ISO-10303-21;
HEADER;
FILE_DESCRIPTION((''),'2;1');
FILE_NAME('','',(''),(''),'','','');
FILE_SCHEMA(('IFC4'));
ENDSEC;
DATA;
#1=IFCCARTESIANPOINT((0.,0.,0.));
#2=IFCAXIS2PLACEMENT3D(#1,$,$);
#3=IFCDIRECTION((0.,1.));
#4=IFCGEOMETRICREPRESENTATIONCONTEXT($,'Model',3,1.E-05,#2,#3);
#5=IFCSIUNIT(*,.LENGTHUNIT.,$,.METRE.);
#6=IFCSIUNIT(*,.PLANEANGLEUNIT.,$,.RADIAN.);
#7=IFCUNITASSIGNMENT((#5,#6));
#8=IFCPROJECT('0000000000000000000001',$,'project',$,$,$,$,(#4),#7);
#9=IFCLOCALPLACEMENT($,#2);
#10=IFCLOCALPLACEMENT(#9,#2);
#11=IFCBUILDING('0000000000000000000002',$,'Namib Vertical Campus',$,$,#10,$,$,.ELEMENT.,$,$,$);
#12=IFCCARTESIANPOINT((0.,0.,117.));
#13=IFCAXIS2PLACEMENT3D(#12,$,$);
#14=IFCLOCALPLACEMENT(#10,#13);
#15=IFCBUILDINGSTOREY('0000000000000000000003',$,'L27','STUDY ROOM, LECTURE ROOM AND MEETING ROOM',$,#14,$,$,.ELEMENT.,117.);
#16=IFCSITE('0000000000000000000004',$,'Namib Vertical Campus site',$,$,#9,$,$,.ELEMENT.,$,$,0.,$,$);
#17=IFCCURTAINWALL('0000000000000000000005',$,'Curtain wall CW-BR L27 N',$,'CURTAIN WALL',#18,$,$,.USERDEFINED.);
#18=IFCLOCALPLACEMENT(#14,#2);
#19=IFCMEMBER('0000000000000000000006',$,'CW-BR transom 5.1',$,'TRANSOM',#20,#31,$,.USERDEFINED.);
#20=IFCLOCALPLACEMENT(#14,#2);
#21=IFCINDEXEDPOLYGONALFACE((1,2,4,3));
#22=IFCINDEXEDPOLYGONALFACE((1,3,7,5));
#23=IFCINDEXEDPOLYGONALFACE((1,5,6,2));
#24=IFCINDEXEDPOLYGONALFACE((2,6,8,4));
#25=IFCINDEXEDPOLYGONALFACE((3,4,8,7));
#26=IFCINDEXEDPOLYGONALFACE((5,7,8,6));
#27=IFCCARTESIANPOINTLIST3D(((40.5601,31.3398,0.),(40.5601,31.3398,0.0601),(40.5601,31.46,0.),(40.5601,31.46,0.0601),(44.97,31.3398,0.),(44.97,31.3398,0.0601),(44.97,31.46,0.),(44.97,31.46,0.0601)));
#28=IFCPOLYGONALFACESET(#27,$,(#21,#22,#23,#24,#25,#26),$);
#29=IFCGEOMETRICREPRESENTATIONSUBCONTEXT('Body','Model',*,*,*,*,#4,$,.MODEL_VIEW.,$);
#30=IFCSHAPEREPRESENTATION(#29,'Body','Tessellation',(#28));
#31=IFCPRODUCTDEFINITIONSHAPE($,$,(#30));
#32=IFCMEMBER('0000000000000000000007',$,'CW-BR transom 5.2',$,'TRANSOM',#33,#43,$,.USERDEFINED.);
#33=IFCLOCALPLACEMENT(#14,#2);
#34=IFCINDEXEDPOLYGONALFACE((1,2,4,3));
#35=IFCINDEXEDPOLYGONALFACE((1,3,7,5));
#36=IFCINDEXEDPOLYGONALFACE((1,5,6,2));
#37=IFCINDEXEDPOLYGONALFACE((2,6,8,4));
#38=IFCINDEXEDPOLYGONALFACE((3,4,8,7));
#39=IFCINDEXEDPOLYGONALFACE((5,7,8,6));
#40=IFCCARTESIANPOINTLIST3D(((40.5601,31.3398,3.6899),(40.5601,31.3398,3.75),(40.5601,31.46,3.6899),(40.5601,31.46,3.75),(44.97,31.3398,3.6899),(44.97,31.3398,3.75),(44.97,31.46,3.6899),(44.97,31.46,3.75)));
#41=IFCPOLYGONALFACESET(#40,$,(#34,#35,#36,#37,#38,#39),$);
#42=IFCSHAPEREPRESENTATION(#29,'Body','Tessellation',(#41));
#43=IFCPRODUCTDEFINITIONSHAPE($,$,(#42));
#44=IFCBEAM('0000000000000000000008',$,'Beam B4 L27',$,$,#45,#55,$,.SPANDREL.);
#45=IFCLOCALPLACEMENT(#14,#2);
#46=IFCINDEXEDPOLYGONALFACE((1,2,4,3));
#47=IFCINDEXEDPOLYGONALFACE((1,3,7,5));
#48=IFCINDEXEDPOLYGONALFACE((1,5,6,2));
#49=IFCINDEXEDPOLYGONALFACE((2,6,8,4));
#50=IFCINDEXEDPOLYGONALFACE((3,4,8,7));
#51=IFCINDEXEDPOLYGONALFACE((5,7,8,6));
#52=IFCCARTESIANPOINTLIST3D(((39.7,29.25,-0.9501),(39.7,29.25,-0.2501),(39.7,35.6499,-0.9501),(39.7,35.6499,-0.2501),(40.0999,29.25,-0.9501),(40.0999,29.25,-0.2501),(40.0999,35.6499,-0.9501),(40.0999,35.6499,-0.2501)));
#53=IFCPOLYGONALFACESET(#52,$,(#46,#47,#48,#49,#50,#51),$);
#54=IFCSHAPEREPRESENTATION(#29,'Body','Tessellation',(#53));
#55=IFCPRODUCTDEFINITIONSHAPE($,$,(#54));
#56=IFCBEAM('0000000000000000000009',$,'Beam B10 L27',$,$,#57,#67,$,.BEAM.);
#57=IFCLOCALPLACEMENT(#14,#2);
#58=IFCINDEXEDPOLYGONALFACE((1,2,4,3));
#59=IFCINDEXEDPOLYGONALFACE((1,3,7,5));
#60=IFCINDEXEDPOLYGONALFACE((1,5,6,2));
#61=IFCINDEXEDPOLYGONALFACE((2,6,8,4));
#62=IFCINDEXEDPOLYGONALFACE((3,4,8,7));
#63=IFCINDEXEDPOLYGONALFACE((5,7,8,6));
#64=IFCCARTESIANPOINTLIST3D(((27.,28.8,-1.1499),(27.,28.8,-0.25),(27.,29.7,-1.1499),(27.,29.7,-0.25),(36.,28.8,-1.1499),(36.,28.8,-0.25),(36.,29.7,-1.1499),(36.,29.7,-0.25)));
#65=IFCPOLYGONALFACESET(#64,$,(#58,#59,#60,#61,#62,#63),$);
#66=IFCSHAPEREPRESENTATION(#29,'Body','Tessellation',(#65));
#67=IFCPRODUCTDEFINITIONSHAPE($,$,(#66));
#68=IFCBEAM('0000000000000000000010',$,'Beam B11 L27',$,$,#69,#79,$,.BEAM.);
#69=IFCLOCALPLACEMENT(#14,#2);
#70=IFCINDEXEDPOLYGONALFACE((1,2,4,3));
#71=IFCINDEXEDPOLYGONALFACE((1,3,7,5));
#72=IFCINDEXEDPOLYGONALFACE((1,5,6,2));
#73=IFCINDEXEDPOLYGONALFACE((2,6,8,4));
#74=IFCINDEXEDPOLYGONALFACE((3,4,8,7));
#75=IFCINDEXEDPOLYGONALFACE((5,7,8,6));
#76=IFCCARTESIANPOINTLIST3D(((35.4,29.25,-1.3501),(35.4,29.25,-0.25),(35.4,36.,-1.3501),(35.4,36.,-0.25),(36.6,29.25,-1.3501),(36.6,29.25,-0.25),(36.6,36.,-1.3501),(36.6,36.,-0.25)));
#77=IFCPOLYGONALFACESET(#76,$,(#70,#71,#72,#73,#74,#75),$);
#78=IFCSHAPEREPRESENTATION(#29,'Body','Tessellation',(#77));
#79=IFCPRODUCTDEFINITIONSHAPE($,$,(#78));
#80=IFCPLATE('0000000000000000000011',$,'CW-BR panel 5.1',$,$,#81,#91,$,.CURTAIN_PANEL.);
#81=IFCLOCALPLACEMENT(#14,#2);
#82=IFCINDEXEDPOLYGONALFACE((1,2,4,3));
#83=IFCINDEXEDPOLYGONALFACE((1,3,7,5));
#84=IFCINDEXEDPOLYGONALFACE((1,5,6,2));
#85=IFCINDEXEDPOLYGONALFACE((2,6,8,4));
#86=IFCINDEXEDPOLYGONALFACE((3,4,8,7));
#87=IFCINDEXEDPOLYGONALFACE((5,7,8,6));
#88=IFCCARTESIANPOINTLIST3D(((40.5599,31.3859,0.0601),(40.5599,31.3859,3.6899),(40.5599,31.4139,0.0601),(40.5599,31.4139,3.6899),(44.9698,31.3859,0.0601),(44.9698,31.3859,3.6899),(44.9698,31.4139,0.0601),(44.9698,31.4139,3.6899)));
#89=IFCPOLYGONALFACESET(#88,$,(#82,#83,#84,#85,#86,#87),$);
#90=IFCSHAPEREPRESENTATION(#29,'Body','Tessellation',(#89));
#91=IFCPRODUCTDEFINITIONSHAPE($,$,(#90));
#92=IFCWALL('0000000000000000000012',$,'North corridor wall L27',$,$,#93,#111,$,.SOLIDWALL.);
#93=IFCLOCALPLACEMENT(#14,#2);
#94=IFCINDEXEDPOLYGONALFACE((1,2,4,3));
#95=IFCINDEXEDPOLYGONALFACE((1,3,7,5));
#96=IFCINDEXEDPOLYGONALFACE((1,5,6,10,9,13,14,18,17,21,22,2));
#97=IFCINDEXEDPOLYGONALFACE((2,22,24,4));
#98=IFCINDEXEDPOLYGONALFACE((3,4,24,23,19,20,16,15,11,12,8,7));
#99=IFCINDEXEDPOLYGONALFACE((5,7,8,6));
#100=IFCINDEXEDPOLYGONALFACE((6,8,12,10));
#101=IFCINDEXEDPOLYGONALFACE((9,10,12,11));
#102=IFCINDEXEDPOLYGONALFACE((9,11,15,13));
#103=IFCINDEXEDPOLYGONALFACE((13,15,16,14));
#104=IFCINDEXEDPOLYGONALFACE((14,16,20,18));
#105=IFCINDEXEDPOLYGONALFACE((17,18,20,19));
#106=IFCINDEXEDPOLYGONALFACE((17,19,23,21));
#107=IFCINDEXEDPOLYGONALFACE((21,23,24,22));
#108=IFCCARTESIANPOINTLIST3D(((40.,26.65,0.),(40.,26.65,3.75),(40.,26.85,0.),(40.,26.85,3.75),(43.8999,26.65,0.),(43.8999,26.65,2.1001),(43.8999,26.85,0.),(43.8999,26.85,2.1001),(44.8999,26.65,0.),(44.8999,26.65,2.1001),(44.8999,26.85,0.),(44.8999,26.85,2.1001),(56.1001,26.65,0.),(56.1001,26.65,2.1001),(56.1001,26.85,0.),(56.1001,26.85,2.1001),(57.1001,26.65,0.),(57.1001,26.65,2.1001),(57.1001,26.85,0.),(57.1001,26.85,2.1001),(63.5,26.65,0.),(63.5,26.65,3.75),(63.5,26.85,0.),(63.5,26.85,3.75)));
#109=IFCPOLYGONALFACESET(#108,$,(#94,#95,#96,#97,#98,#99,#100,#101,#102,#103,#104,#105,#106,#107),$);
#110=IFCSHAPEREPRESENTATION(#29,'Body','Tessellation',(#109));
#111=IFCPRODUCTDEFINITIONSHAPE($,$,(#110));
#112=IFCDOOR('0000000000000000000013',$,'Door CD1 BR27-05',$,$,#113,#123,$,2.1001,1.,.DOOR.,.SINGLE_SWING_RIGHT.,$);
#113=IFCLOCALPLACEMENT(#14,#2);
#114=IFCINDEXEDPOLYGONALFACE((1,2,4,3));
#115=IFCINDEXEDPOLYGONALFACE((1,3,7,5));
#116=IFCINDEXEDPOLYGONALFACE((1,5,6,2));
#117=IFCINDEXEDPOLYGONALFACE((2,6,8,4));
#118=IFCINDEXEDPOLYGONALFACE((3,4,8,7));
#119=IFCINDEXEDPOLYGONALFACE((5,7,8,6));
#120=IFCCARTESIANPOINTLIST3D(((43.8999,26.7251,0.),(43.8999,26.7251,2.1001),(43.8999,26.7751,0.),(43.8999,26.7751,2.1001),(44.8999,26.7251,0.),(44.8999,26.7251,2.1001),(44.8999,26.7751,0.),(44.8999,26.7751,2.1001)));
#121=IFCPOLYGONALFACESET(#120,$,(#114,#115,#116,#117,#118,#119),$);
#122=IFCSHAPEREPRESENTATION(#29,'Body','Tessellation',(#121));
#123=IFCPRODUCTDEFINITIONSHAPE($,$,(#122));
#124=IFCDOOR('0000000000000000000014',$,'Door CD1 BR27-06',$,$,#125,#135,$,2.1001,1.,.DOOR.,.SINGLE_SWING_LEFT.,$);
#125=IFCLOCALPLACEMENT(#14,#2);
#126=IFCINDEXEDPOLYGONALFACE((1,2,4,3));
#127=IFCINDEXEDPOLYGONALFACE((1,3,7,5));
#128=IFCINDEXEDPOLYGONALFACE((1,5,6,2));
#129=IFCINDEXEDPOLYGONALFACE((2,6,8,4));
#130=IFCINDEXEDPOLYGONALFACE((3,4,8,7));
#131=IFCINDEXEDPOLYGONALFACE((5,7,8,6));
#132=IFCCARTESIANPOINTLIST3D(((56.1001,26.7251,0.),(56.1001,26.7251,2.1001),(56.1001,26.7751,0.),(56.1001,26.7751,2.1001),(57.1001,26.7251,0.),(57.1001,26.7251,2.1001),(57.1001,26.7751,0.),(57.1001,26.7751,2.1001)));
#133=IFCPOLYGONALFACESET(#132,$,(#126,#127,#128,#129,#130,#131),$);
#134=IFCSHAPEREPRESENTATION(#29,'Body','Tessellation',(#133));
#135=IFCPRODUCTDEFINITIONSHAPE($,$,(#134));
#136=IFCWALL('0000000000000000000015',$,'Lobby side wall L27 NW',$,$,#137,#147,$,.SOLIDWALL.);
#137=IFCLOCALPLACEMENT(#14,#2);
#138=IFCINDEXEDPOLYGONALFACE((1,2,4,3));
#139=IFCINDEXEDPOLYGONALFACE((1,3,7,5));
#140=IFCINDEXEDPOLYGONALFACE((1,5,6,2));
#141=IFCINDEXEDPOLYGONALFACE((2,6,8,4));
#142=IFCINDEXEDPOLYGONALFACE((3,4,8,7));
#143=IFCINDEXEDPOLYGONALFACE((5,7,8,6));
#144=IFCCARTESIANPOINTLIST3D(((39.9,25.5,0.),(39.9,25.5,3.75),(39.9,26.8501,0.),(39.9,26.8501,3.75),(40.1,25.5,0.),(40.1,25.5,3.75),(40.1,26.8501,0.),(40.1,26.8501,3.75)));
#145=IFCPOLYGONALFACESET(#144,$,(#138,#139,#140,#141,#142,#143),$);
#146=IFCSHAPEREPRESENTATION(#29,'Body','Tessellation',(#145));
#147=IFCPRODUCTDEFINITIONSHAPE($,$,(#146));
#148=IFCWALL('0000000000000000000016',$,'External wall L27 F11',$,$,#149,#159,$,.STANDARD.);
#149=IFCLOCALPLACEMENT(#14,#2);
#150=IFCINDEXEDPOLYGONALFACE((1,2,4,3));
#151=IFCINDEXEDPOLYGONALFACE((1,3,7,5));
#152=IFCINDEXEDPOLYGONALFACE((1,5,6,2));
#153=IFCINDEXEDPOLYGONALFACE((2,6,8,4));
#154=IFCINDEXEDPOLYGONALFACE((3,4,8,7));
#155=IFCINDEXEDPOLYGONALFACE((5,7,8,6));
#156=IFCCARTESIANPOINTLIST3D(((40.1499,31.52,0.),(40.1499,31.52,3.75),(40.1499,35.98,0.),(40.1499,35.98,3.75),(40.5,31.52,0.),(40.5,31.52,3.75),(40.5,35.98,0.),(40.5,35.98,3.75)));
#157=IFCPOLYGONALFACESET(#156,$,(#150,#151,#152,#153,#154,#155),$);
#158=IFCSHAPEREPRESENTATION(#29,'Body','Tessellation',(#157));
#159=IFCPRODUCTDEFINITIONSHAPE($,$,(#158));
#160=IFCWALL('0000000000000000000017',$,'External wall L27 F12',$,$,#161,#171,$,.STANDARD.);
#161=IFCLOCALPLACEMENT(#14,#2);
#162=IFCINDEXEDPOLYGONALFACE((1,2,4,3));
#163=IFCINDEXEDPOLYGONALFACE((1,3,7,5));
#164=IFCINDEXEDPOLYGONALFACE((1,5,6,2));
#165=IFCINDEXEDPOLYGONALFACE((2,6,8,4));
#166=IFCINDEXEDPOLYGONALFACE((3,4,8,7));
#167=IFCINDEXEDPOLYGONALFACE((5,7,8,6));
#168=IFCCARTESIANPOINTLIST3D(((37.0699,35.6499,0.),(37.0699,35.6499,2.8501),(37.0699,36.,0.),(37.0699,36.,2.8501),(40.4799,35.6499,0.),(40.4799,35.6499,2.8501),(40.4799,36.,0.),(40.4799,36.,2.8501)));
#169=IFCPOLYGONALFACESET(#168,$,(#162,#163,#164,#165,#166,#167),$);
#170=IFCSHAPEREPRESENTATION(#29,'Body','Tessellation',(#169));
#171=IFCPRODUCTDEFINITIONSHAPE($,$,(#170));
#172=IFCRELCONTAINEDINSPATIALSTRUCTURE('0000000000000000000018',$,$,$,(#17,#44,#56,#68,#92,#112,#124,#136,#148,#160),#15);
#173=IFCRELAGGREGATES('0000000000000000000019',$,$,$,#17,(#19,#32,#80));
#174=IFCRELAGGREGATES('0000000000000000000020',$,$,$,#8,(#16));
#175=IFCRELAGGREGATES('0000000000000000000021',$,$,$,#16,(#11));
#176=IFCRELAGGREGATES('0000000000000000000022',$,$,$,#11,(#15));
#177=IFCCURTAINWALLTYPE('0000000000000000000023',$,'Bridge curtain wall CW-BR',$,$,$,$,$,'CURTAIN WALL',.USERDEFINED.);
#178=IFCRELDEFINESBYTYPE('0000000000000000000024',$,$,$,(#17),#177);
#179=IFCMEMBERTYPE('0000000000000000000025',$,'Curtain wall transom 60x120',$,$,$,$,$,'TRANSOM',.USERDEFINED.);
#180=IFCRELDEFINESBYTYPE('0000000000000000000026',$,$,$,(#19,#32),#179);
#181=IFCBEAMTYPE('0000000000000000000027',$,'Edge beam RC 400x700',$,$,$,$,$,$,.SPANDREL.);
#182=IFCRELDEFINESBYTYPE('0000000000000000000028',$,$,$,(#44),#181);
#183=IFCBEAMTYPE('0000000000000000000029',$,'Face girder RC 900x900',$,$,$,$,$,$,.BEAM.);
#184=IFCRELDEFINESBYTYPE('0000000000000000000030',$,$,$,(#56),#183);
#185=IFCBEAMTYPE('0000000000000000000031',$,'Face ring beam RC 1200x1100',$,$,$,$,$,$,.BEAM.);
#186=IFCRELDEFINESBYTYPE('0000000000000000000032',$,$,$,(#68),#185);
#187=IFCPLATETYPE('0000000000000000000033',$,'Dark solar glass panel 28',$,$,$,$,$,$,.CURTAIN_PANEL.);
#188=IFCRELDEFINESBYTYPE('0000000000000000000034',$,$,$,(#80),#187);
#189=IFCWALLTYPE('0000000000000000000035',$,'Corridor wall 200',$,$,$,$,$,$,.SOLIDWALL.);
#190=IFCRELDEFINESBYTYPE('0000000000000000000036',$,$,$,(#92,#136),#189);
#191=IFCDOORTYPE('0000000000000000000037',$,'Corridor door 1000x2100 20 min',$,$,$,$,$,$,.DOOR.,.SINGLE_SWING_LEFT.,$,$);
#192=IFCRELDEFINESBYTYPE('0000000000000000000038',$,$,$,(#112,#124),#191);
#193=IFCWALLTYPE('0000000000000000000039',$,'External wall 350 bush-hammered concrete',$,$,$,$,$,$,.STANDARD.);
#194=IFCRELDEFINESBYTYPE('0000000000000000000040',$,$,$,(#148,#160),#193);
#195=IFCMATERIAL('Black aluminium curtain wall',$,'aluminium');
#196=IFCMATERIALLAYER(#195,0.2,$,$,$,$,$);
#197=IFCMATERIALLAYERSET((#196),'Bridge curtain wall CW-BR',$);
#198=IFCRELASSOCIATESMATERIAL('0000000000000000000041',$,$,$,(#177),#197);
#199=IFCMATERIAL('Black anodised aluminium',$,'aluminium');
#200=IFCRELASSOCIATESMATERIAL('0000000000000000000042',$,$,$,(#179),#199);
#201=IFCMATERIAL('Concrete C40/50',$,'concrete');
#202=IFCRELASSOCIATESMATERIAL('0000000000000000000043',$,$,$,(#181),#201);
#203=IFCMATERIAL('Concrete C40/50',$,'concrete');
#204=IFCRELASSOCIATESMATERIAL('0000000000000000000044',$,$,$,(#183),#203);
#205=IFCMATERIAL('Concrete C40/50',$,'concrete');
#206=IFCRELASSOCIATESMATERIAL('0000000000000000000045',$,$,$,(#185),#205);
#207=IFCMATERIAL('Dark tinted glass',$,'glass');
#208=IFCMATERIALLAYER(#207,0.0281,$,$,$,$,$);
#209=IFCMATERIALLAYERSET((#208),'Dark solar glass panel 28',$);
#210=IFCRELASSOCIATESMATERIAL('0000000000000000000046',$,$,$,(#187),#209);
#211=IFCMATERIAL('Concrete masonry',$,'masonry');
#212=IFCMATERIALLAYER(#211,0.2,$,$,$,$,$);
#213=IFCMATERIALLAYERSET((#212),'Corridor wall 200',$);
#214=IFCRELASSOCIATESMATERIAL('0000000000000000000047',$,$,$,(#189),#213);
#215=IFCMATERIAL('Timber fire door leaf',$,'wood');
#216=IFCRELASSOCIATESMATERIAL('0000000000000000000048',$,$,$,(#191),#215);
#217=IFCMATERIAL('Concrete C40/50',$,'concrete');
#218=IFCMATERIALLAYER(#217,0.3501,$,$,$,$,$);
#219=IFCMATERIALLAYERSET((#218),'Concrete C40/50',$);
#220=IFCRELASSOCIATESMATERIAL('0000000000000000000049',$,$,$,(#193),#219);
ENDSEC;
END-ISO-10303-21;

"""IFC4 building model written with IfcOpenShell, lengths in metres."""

from ifc_helpers import new_model, si_unit, direction, frame, frame_2d, origin, origin_2d, place, context, subcontext, project, spatial, rectangle, extrude, material, layer, layer_set, material_profile, profile_set, type_object, element, fill, aggregate, save


model = new_model("IFC4")

# Units and contexts
model_context = context("Model", 3, precision=1e-05, world=origin(), true_north=direction((0.0, 1.0)))
body_context = subcontext(model_context, "Body", "Model", "MODEL_VIEW")
ifc_project = project(units=[si_unit("LENGTHUNIT", "METRE"), si_unit("PLANEANGLEUNIT", "RADIAN")], contexts=[model_context])

# Site, building, storey
site_placement = place(None, origin())
site = spatial("IfcSite", under=ifc_project, at=site_placement, Name="Namib Vertical Campus site", CompositionType="ELEMENT", RefElevation=0.0)
building_placement = place(site_placement, origin())
building = spatial("IfcBuilding", under=site, at=building_placement, Name="Namib Vertical Campus", CompositionType="ELEMENT")
storey_placement = place(building_placement, frame((0.0, 0.0, 117.0)))
storey = spatial("IfcBuildingStorey", under=building, at=storey_placement, Name="L27", Description="STUDY ROOM, LECTURE ROOM AND MEETING ROOM", CompositionType="ELEMENT", Elevation=117.0)

# Curtain wall, members
ifc_material_1 = material(Name="Black aluminium curtain wall", Category="aluminium")
ifc_layer_1 = layer(ifc_material_1, 0.2)
ifc_layer_set_1 = layer_set([ifc_layer_1], Name="Bridge curtain wall CW-BR")
curtain_wall_type = type_object("IfcCurtainWallType", Name="Bridge curtain wall CW-BR", ElementType="CURTAIN WALL", PredefinedType="USERDEFINED", material=ifc_layer_set_1)
curtain_wall_placement = place(storey_placement, origin())
curtain_wall = element("IfcCurtainWall", 1, at=curtain_wall_placement, inside=storey, type_object=curtain_wall_type, Name="Curtain wall CW-BR L27 N", ObjectType="CURTAIN WALL", PredefinedType="USERDEFINED")
ifc_material_2 = material(Name="Black anodised aluminium", Category="aluminium")
ifc_material_profile_1 = material_profile(ifc_material_2, rectangle(XDim=0.0601, YDim=0.1201, at=origin_2d()))
ifc_profile_set_1 = profile_set([ifc_material_profile_1], Name="Black anodised aluminium")
member_type_1 = type_object("IfcMemberType", Name="Curtain wall transom 60x120", ElementType="TRANSOM", PredefinedType="USERDEFINED", material=ifc_profile_set_1)
member_1_placement = place(storey_placement, frame((44.97, 31.3999, 0.03), z_axis=(-1.0, 0.0, 0.0), x_axis=(0.0, 0.0, 1.0)))
member_1 = element("IfcMember", 2, at=member_1_placement, type_object=member_type_1, Name="CW-BR transom 5.1", ObjectType="TRANSOM", PredefinedType="USERDEFINED", context=body_context, shape_type="SweptSolid", body=[
    extrude(rectangle(XDim=0.0601, YDim=0.1201, at=origin_2d()), origin(), (0.0, 0.0, 1.0), 4.4099),
])
member_2_placement = place(storey_placement, frame((44.97, 31.3999, 3.72), z_axis=(-1.0, 0.0, 0.0), x_axis=(0.0, 0.0, 1.0)))
member_2 = element("IfcMember", 3, at=member_2_placement, type_object=member_type_1, Name="CW-BR transom 5.2", ObjectType="TRANSOM", PredefinedType="USERDEFINED", context=body_context, shape_type="SweptSolid", body=[
    extrude(rectangle(XDim=0.0601, YDim=0.1201, at=origin_2d()), origin(), (0.0, 0.0, 1.0), 4.4099),
])

# Beams
ifc_material_3 = material(Name="Concrete C40/50", Category="concrete")
ifc_material_profile_2 = material_profile(ifc_material_3, rectangle(XDim=0.3999, YDim=0.7, at=origin_2d()))
ifc_profile_set_2 = profile_set([ifc_material_profile_2], Name="Concrete C40/50")
beam_type_1 = type_object("IfcBeamType", Name="Edge beam RC 400x700", PredefinedType="SPANDREL", material=ifc_profile_set_2)
beam_1_placement = place(storey_placement, frame((39.8999, 29.25, -0.6001), z_axis=(0.0, 1.0, 0.0), x_axis=(-1.0, 0.0, 0.0)))
element("IfcBeam", 4, at=beam_1_placement, inside=storey, type_object=beam_type_1, Name="Beam B4 L27", PredefinedType="SPANDREL", context=body_context, shape_type="SweptSolid", body=[
    extrude(rectangle(XDim=0.3999, YDim=0.7, at=origin_2d()), origin(), (0.0, 0.0, 1.0), 6.3999),
])
ifc_material_4 = material(Name="Concrete C40/50", Category="concrete")
ifc_material_profile_3 = material_profile(ifc_material_4, rectangle(XDim=0.8999, YDim=0.8999, at=origin_2d()))
ifc_profile_set_3 = profile_set([ifc_material_profile_3], Name="Concrete C40/50")
beam_type_2 = type_object("IfcBeamType", Name="Face girder RC 900x900", PredefinedType="BEAM", material=ifc_profile_set_3)
beam_2_placement = place(storey_placement, frame((36.0, 29.25, -0.7), z_axis=(-1.0, 0.0, 0.0), x_axis=(0.0, -1.0, 0.0)))
element("IfcBeam", 5, at=beam_2_placement, inside=storey, type_object=beam_type_2, Name="Beam B10 L27", PredefinedType="BEAM", context=body_context, shape_type="SweptSolid", body=[
    extrude(rectangle(XDim=0.8999, YDim=0.8999, at=origin_2d()), origin(), (0.0, 0.0, 1.0), 9.0),
])
ifc_material_5 = material(Name="Concrete C40/50", Category="concrete")
ifc_material_profile_4 = material_profile(ifc_material_5, rectangle(XDim=1.2, YDim=1.1001, at=origin_2d()))
ifc_profile_set_4 = profile_set([ifc_material_profile_4], Name="Concrete C40/50")
beam_type_3 = type_object("IfcBeamType", Name="Face ring beam RC 1200x1100", PredefinedType="BEAM", material=ifc_profile_set_4)
beam_3_placement = place(storey_placement, frame((36.0, 29.25, -0.8), z_axis=(0.0, 1.0, 0.0), x_axis=(-1.0, 0.0, 0.0)))
element("IfcBeam", 6, at=beam_3_placement, inside=storey, type_object=beam_type_3, Name="Beam B11 L27", PredefinedType="BEAM", context=body_context, shape_type="SweptSolid", body=[
    extrude(rectangle(XDim=1.2, YDim=1.1001, at=origin_2d()), origin(), (0.0, 0.0, 1.0), 6.75),
])

# Plate
ifc_material_6 = material(Name="Dark tinted glass", Category="glass")
ifc_layer_2 = layer(ifc_material_6, 0.0281)
ifc_layer_set_2 = layer_set([ifc_layer_2], Name="Dark solar glass panel 28")
plate_type = type_object("IfcPlateType", Name="Dark solar glass panel 28", PredefinedType="CURTAIN_PANEL", material=ifc_layer_set_2)
plate_placement = place(storey_placement, frame((42.7649, 31.3999, 0.0601), z_axis=(0.0, 0.0, 1.0), x_axis=(-1.0, 0.0, 0.0)))
plate = element("IfcPlate", 7, at=plate_placement, type_object=plate_type, Name="CW-BR panel 5.1", PredefinedType="CURTAIN_PANEL", context=body_context, shape_type="SweptSolid", body=[
    extrude(rectangle(XDim=4.4099, YDim=0.0281, at=origin_2d()), origin(), (0.0, 0.0, 1.0), 3.6299),
])
aggregate(curtain_wall, [member_1, member_2, plate])

# Wall, openings, doors
ifc_material_7 = material(Name="Concrete masonry", Category="masonry")
ifc_layer_3 = layer(ifc_material_7, 0.2)
ifc_layer_set_3 = layer_set([ifc_layer_3], Name="Corridor wall 200")
wall_type_1 = type_object("IfcWallType", Name="Corridor wall 200", PredefinedType="SOLIDWALL", material=ifc_layer_set_3)
wall_1_placement = place(storey_placement, frame((40.0, 26.75, 0.0), z_axis=(0.0, 0.0, 1.0), x_axis=(1.0, 0.0, 0.0)))
wall_1 = element("IfcWall", 8, at=wall_1_placement, inside=storey, type_object=wall_type_1, Name="North corridor wall L27", PredefinedType="SOLIDWALL", context=body_context, shape_type="SweptSolid", body=[
    extrude(rectangle(XDim=23.5, YDim=0.2, at=frame_2d((11.75, 0.0))), origin(), (0.0, 0.0, 1.0), 3.75),
])
opening_1_placement = place(wall_1_placement, frame((3.8999, 0.0, 0.0)))
opening_1 = element("IfcOpeningElement", 9, at=opening_1_placement, cuts=wall_1, PredefinedType="OPENING", context=body_context, shape_type="SweptSolid", body=[
    extrude(rectangle(XDim=1.0, YDim=2.1001, at=frame_2d((0.5, 1.05))), frame((0.0, 0.1099, 0.0), z_axis=(0.0, -1.0, 0.0), x_axis=(1.0, 0.0, 0.0)), (0.0, 0.0, 1.0), 0.22),
])
opening_2_placement = place(wall_1_placement, frame((16.1001, 0.0, 0.0)))
opening_2 = element("IfcOpeningElement", 10, at=opening_2_placement, cuts=wall_1, PredefinedType="OPENING", context=body_context, shape_type="SweptSolid", body=[
    extrude(rectangle(XDim=1.0, YDim=2.1001, at=frame_2d((0.5, 1.05))), frame((0.0, 0.1099, 0.0), z_axis=(0.0, -1.0, 0.0), x_axis=(1.0, 0.0, 0.0)), (0.0, 0.0, 1.0), 0.22),
])
ifc_material_8 = material(Name="Timber fire door leaf", Category="wood")
door_type = type_object("IfcDoorType", Name="Corridor door 1000x2100 20 min", OperationType="SINGLE_SWING_LEFT", PredefinedType="DOOR", material=ifc_material_8)
door_1_placement = place(opening_1_placement, frame((1.0, 0.0, 0.0), z_axis=(0.0, 0.0, 1.0), x_axis=(-1.0, 0.0, 0.0)))
door_1 = element("IfcDoor", 11, at=door_1_placement, inside=storey, type_object=door_type, Name="Door CD1 BR27-05", OperationType="SINGLE_SWING_RIGHT", OverallHeight=2.1001, OverallWidth=1.0, PredefinedType="DOOR", context=body_context, shape_type="SweptSolid", body=[
    extrude(rectangle(XDim=1.0, YDim=2.1001, at=frame_2d((0.5, 1.05))), frame((0.0, 0.0249, 0.0), z_axis=(0.0, -1.0, 0.0), x_axis=(1.0, 0.0, 0.0)), (0.0, 0.0, 1.0), 0.05),
])
fill(opening_1, door_1)
door_2_placement = place(opening_2_placement, frame((1.0, 0.0, 0.0), z_axis=(0.0, 0.0, 1.0), x_axis=(-1.0, 0.0, 0.0)))
door_2 = element("IfcDoor", 12, at=door_2_placement, inside=storey, type_object=door_type, Name="Door CD1 BR27-06", OperationType="SINGLE_SWING_LEFT", OverallHeight=2.1001, OverallWidth=1.0, PredefinedType="DOOR", context=body_context, shape_type="SweptSolid", body=[
    extrude(rectangle(XDim=1.0, YDim=2.1001, at=frame_2d((0.5, 1.05))), frame((0.0, 0.0249, 0.0), z_axis=(0.0, -1.0, 0.0), x_axis=(1.0, 0.0, 0.0)), (0.0, 0.0, 1.0), 0.05),
])
fill(opening_2, door_2)

# Walls
wall_2_placement = place(storey_placement, frame((40.0, 26.8501, 0.0), z_axis=(0.0, 0.0, 1.0), x_axis=(0.0, -1.0, 0.0)))
element("IfcWall", 13, at=wall_2_placement, inside=storey, type_object=wall_type_1, Name="Lobby side wall L27 NW", PredefinedType="SOLIDWALL", context=body_context, shape_type="SweptSolid", body=[
    extrude(rectangle(XDim=1.3501, YDim=0.2, at=frame_2d((0.675, 0.0))), origin(), (0.0, 0.0, 1.0), 3.75),
])
ifc_material_9 = material(Name="Concrete C40/50", Category="concrete")
ifc_layer_4 = layer(ifc_material_9, 0.3501)
ifc_layer_set_4 = layer_set([ifc_layer_4], Name="Concrete C40/50")
wall_type_2 = type_object("IfcWallType", Name="External wall 350 bush-hammered concrete", PredefinedType="STANDARD", material=ifc_layer_set_4)
wall_3_placement = place(storey_placement, frame((40.325, 31.52, 0.0), z_axis=(0.0, 0.0, 1.0), x_axis=(0.0, 1.0, 0.0)))
element("IfcWall", 14, at=wall_3_placement, inside=storey, type_object=wall_type_2, Name="External wall L27 F11", PredefinedType="STANDARD", context=body_context, shape_type="SweptSolid", body=[
    extrude(rectangle(XDim=4.46, YDim=0.3501, at=frame_2d((2.23, 0.0))), origin(), (0.0, 0.0, 1.0), 3.75),
])
wall_4_placement = place(storey_placement, frame((40.48, 35.825, 0.0), z_axis=(0.0, 0.0, 1.0), x_axis=(-1.0, 0.0, 0.0)))
element("IfcWall", 15, at=wall_4_placement, inside=storey, type_object=wall_type_2, Name="External wall L27 F12", PredefinedType="STANDARD", context=body_context, shape_type="SweptSolid", body=[
    extrude(rectangle(XDim=3.4099, YDim=0.3501, at=frame_2d((1.7051, 0.0))), origin(), (0.0, 0.0, 1.0), 2.8501),
])

save(model, "model.ifc")
